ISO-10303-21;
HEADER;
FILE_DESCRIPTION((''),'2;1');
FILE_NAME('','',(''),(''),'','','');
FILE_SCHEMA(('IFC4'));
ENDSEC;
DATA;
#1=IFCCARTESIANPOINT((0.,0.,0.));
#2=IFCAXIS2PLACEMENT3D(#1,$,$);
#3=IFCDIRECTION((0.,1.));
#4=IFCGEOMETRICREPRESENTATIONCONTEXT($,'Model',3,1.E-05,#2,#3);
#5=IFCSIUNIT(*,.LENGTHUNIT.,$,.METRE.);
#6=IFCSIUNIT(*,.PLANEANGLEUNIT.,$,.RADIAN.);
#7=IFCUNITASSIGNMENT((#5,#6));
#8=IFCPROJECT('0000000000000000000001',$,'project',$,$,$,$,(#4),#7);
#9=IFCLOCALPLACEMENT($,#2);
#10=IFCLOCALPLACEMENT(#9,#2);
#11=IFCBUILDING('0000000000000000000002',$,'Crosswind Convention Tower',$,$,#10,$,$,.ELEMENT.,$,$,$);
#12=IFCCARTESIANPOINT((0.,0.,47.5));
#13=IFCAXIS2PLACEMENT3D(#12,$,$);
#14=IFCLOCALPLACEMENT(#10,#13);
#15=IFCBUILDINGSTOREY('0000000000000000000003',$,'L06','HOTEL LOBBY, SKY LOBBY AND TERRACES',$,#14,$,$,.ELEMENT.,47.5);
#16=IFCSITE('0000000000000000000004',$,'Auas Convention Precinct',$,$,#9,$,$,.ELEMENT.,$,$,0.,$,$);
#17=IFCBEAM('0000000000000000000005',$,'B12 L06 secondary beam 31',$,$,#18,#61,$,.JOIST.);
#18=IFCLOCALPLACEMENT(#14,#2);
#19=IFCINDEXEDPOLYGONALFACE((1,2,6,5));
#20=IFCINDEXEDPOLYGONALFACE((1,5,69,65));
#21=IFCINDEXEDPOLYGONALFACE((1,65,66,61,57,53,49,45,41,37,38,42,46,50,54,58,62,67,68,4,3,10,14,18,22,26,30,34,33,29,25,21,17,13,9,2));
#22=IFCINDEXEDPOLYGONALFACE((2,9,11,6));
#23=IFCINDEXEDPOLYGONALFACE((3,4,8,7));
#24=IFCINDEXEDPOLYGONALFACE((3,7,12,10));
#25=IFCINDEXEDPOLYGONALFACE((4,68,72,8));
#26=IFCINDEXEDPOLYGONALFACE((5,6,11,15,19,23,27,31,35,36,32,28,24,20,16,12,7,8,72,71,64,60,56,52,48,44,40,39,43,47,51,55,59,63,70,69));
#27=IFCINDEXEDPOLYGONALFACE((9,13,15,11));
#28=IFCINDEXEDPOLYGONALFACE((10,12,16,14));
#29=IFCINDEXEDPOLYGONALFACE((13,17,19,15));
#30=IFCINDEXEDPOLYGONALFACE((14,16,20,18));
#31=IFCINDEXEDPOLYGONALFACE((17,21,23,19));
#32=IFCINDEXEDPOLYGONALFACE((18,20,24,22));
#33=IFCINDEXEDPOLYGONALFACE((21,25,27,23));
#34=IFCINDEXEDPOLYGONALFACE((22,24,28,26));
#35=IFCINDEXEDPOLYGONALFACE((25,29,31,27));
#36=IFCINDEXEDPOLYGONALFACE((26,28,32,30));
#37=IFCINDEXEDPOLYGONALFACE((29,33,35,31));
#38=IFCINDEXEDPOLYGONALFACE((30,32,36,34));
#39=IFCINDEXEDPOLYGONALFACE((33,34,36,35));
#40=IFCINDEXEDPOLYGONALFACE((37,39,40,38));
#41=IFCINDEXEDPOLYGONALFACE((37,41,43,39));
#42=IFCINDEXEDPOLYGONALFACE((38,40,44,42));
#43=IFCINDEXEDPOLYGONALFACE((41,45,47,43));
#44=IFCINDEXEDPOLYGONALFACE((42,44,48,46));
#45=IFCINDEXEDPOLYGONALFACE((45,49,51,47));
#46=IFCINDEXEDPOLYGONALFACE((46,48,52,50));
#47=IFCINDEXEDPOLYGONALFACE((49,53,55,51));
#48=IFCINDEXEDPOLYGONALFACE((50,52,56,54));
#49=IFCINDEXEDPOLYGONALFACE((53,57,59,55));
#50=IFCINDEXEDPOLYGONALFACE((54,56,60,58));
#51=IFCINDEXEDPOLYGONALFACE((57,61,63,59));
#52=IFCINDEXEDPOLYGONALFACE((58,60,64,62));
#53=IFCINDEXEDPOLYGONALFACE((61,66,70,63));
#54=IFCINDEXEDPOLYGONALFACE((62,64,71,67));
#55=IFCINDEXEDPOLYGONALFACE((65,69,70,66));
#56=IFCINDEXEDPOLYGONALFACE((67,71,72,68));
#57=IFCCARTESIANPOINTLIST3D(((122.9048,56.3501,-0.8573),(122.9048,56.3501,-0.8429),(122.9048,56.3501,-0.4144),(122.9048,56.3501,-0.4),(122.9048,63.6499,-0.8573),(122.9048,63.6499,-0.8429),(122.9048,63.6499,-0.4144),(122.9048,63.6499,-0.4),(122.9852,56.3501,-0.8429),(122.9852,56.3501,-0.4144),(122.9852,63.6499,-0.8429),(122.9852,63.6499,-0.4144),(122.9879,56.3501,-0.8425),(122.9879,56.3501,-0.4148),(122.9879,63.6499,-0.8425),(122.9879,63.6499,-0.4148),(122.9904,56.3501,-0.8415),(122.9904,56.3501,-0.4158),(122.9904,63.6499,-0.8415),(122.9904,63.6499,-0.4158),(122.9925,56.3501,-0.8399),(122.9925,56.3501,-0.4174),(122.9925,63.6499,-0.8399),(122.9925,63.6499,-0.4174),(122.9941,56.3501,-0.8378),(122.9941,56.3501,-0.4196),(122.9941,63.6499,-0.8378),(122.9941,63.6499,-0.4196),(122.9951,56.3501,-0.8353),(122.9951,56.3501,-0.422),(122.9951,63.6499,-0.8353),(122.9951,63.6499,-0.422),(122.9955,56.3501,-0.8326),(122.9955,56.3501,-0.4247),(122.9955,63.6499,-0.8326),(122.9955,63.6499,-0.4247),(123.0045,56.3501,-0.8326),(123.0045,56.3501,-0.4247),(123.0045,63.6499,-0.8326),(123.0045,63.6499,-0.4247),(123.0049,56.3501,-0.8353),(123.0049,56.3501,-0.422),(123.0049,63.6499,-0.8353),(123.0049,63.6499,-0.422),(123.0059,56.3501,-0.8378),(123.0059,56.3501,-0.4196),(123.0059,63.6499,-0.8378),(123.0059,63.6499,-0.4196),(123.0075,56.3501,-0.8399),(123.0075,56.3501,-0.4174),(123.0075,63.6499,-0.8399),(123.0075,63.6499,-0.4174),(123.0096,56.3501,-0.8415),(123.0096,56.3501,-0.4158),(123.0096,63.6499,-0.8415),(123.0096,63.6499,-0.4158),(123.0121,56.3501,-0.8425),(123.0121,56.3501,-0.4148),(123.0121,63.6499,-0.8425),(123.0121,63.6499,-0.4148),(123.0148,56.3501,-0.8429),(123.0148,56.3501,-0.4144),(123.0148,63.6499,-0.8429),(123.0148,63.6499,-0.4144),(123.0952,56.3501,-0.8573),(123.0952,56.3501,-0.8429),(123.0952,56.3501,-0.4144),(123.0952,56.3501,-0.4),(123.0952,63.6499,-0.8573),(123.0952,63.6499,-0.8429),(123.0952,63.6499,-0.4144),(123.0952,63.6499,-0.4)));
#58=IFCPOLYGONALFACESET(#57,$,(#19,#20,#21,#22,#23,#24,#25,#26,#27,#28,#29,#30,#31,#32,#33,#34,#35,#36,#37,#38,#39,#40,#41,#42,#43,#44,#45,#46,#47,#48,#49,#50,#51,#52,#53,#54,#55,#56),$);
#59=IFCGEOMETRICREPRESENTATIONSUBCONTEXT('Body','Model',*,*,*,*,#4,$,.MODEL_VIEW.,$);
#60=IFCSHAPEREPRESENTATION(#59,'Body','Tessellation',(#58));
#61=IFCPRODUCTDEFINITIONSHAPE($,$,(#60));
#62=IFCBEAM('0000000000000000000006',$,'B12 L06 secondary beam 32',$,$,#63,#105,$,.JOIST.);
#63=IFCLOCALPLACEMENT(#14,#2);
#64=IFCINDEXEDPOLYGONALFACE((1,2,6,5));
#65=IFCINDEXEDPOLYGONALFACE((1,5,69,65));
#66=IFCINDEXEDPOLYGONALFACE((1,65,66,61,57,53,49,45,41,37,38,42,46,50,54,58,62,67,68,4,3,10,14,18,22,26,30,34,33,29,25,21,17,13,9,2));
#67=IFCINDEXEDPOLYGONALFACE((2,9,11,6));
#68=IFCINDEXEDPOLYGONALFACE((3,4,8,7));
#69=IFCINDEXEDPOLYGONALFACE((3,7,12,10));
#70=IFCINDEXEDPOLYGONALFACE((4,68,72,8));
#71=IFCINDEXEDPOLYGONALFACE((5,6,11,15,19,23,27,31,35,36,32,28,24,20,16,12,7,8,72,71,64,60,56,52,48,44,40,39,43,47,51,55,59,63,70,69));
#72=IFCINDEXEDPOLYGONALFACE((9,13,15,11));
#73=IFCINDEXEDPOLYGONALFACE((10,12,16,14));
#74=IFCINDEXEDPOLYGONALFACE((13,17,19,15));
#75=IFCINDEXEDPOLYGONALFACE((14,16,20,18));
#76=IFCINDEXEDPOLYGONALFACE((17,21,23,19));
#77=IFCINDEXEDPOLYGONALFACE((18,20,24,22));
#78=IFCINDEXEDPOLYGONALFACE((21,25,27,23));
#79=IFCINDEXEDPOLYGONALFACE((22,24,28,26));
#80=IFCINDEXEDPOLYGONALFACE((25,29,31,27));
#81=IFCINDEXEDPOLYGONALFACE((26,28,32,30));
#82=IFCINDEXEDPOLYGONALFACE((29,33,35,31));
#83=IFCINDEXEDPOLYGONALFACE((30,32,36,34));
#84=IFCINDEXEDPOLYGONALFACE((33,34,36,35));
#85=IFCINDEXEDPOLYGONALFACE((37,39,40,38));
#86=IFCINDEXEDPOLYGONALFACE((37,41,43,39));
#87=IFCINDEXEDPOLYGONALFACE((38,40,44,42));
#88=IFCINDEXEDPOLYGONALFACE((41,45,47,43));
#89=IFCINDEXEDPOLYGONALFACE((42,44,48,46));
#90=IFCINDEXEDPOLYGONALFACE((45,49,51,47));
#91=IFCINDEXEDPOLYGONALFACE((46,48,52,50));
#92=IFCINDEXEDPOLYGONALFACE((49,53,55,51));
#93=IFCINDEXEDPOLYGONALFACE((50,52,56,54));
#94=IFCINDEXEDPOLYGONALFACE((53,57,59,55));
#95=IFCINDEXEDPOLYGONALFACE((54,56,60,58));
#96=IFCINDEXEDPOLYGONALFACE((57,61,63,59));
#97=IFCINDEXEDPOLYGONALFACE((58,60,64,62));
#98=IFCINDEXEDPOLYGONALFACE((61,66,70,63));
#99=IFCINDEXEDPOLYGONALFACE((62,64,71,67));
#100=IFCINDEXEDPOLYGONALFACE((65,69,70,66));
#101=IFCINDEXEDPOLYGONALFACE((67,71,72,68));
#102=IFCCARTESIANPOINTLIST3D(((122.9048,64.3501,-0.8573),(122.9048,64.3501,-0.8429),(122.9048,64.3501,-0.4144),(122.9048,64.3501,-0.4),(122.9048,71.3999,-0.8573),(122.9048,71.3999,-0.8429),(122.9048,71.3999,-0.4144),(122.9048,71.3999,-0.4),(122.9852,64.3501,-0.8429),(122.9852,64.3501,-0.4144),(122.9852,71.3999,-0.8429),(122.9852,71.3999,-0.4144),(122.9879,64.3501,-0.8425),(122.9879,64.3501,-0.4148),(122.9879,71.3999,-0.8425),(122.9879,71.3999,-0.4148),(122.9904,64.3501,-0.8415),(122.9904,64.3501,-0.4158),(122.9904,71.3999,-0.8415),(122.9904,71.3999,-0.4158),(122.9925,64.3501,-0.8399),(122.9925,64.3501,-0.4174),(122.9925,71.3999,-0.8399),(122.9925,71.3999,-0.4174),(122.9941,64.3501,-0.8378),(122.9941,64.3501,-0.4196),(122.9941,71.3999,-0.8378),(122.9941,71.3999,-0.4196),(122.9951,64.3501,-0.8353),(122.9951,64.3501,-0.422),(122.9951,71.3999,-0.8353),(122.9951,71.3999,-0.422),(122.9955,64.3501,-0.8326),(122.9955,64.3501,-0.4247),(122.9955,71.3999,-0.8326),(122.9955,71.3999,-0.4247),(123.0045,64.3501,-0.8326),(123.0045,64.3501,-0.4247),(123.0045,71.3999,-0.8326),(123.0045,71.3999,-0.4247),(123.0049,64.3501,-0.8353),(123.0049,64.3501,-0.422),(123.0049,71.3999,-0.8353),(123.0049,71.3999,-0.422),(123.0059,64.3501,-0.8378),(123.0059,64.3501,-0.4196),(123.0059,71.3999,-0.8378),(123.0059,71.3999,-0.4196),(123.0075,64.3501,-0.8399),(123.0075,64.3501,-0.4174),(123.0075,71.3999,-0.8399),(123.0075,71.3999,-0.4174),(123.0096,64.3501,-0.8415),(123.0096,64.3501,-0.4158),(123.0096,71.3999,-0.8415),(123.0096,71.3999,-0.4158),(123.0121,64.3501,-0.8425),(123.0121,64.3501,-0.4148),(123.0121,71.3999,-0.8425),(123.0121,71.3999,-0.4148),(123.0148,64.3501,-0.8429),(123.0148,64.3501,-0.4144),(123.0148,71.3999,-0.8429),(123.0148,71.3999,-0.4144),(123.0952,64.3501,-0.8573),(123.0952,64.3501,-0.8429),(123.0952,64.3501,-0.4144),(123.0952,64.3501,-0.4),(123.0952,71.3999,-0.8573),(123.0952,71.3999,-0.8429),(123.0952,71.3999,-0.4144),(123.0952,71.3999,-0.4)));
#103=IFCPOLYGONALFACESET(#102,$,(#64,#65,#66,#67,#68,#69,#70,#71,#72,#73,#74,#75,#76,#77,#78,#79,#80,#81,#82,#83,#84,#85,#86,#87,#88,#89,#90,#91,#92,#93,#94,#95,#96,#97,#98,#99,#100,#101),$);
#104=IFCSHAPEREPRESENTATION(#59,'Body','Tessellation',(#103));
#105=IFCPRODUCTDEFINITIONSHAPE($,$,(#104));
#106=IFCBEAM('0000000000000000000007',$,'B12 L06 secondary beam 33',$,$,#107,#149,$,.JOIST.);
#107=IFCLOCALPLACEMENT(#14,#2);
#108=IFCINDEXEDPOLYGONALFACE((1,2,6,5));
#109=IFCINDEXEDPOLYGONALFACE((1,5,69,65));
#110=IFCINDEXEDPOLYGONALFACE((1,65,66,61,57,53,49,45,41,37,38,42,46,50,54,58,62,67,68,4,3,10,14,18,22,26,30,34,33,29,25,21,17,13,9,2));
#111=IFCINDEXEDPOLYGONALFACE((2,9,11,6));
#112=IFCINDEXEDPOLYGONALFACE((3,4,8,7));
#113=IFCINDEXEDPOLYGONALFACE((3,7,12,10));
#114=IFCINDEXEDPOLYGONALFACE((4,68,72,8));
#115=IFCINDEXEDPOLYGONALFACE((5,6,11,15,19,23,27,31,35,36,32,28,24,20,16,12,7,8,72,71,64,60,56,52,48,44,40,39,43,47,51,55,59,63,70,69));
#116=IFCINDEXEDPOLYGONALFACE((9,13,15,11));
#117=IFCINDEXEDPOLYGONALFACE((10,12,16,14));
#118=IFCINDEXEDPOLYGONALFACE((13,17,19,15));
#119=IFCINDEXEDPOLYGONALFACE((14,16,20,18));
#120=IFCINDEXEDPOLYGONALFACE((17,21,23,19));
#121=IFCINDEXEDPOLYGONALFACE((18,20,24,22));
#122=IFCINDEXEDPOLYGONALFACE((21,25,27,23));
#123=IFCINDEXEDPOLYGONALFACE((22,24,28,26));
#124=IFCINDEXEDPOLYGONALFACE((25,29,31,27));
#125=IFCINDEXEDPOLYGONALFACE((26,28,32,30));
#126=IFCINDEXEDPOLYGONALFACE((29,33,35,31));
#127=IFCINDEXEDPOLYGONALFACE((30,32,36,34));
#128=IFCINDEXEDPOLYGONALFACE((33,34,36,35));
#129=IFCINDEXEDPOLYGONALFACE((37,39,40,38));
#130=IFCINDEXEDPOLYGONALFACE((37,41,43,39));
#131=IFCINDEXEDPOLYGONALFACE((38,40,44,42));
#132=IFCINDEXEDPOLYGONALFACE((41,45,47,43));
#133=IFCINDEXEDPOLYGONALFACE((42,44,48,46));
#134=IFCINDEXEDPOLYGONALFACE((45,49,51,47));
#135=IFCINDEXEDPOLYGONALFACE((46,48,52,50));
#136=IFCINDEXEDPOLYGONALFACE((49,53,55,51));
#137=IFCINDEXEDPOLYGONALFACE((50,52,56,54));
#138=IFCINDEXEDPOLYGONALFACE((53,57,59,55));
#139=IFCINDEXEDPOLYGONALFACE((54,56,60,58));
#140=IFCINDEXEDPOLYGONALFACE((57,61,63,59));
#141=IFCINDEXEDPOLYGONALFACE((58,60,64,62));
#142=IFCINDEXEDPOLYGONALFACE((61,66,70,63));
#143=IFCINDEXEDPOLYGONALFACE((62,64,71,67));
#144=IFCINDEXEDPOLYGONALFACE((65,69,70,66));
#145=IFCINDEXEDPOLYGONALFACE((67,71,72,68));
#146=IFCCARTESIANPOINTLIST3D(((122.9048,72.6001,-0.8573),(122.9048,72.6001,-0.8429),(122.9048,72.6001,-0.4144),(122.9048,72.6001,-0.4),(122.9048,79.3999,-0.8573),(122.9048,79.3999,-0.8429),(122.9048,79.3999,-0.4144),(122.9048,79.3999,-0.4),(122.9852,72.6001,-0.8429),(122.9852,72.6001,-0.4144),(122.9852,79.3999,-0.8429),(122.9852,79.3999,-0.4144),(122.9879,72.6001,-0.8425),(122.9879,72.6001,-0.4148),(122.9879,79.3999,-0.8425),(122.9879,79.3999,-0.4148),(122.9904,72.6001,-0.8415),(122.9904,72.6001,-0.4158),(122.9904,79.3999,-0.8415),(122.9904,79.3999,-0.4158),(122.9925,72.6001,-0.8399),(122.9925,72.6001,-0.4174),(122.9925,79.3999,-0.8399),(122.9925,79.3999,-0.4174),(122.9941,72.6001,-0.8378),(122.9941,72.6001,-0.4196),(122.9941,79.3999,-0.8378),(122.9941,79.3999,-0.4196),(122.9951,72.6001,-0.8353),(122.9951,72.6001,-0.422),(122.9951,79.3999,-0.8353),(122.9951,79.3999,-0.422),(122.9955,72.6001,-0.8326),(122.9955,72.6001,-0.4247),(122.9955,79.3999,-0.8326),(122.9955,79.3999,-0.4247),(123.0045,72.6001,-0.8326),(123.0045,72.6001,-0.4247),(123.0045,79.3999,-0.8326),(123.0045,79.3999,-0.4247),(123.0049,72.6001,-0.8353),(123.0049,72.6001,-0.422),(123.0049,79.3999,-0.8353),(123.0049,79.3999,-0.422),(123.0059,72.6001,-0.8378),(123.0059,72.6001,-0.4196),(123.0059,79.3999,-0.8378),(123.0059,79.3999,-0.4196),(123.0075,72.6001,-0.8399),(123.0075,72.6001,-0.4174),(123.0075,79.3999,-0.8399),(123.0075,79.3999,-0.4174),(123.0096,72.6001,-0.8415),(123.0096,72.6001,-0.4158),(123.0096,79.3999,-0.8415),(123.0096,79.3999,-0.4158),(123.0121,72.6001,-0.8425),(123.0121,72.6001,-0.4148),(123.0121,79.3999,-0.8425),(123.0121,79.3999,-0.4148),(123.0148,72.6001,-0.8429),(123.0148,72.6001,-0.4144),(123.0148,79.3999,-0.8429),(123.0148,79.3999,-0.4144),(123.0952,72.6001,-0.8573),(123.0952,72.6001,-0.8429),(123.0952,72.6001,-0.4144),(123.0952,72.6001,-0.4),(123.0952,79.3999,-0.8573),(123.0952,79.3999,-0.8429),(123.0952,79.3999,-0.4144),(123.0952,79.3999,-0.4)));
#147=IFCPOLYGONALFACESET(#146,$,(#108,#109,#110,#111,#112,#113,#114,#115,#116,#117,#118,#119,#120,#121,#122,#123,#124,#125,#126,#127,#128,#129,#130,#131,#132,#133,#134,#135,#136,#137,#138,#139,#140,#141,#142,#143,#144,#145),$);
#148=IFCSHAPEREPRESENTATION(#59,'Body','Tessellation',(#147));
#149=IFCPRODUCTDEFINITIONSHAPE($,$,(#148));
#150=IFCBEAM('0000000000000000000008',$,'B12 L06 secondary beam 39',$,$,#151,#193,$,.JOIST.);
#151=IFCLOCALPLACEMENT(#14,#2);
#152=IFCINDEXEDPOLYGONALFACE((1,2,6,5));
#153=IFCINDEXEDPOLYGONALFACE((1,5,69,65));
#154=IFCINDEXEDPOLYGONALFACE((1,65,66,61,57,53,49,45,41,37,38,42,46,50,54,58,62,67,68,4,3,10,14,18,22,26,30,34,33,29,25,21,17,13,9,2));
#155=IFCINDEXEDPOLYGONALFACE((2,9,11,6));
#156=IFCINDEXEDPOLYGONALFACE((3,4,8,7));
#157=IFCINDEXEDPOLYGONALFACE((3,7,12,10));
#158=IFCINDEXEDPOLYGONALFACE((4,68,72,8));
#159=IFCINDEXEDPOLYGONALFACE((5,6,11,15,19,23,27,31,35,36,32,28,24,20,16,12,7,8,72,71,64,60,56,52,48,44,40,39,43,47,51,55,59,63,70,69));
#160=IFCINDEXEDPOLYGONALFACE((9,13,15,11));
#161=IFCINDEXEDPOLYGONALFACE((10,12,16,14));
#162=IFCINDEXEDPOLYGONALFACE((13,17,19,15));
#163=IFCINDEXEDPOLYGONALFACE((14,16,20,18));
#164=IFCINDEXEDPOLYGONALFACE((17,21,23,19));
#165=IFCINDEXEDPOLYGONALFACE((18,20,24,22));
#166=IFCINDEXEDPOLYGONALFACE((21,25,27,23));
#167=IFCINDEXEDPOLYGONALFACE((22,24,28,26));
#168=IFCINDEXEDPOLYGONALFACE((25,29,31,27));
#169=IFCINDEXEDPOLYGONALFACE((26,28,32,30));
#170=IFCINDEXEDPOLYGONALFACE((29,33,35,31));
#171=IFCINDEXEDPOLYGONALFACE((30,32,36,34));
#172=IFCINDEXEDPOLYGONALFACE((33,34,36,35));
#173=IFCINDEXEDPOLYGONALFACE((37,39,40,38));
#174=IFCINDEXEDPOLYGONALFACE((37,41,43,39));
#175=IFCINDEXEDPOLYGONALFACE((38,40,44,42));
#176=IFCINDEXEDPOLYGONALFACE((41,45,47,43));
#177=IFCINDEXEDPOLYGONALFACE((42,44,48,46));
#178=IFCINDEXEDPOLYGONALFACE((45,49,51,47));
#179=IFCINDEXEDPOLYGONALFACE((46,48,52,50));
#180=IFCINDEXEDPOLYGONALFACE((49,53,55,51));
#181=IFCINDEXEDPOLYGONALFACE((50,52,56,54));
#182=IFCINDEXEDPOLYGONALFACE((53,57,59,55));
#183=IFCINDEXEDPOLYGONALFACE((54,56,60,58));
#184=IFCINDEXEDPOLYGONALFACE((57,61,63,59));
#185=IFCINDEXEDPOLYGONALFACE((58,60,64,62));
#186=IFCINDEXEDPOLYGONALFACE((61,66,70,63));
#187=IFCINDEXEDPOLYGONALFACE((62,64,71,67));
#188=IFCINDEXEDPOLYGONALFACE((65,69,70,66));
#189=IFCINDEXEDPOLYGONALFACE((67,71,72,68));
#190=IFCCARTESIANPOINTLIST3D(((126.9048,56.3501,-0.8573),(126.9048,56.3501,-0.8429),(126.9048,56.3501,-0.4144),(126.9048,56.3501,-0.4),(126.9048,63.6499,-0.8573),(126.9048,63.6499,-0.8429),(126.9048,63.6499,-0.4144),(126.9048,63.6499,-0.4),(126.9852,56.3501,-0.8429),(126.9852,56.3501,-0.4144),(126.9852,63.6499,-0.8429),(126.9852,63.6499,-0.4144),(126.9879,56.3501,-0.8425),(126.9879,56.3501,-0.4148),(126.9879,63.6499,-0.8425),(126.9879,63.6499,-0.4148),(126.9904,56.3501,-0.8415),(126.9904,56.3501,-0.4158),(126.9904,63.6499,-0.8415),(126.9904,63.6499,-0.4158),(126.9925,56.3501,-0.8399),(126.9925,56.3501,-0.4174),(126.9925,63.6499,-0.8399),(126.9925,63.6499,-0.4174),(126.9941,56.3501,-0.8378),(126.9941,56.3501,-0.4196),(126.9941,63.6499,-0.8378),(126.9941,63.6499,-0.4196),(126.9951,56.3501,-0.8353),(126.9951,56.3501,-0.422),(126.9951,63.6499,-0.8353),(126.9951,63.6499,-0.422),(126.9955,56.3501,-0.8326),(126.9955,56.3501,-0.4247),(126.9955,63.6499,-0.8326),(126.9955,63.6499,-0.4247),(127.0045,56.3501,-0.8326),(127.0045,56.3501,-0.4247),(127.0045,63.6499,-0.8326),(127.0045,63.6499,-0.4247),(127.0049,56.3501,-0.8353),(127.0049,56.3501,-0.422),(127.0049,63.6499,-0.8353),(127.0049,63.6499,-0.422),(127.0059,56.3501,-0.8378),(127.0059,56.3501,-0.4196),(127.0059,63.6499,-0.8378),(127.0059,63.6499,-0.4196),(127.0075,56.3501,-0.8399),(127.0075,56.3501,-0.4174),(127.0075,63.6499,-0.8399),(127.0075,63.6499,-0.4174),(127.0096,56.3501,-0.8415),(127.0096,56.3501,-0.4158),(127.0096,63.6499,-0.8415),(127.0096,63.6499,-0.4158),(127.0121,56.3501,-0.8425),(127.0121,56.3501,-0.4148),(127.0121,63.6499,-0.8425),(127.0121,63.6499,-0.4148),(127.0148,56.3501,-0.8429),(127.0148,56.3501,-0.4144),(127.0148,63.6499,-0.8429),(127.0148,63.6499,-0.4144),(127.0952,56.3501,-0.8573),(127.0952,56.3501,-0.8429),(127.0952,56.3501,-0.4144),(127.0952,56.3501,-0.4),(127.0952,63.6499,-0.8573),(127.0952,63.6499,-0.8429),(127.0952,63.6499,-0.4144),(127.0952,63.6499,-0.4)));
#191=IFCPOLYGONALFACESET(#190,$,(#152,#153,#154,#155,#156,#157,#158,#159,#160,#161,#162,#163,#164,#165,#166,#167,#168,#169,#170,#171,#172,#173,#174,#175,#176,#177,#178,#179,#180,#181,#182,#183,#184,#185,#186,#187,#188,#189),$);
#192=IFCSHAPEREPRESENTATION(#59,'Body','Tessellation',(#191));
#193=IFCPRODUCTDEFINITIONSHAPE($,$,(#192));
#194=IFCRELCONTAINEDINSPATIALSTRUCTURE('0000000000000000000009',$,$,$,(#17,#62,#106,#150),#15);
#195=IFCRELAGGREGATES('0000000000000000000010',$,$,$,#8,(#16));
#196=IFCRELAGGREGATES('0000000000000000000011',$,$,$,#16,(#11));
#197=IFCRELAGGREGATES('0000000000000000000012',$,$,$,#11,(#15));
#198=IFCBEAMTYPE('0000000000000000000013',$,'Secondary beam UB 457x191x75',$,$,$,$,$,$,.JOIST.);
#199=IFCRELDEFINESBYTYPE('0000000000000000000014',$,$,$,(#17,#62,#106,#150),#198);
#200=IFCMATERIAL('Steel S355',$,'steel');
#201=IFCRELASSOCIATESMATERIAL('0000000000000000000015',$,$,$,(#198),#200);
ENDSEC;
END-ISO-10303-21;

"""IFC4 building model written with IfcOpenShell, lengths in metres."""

from ifc_helpers import new_model, si_unit, direction, frame, origin, origin_2d, place, context, subcontext, project, spatial, i_section, extrude, material, material_profile, profile_set, type_object, element, save


model = new_model("IFC4")

# Units and contexts
model_context = context("Model", 3, precision=1e-05, world=origin(), true_north=direction((0.0, 1.0)))
body_context = subcontext(model_context, "Body", "Model", "MODEL_VIEW")
ifc_project = project(units=[si_unit("LENGTHUNIT", "METRE"), si_unit("PLANEANGLEUNIT", "RADIAN")], contexts=[model_context])

# Site, building, storey
site_placement = place(None, origin())
site = spatial("IfcSite", under=ifc_project, at=site_placement, Name="Auas Convention Precinct", CompositionType="ELEMENT", RefElevation=0.0)
building_placement = place(site_placement, origin())
building = spatial("IfcBuilding", under=site, at=building_placement, Name="Crosswind Convention Tower", CompositionType="ELEMENT")
storey_placement = place(building_placement, frame((0.0, 0.0, 47.5)))
storey = spatial("IfcBuildingStorey", under=building, at=storey_placement, Name="L06", Description="HOTEL LOBBY, SKY LOBBY AND TERRACES", CompositionType="ELEMENT", Elevation=47.5)

# Beams
ifc_material_1 = material(Name="Steel S355", Category="steel")
ifc_material_profile_1 = material_profile(ifc_material_1, i_section(OverallWidth=0.1904, OverallDepth=0.4573, WebThickness=0.009, FlangeThickness=0.0144, FilletRadius=0.0103, at=origin_2d()), Name="UB 457x191x75")
ifc_profile_set_1 = profile_set([ifc_material_profile_1], Name="Steel S355")
beam_type_1 = type_object("IfcBeamType", Name="Secondary beam UB 457x191x75", PredefinedType="JOIST", material=ifc_profile_set_1)
beam_1_placement = place(storey_placement, frame((123.0, 56.3501, -0.6287), z_axis=(0.0, 1.0, 0.0), x_axis=(-1.0, 0.0, 0.0)))
element("IfcBeam", 1, at=beam_1_placement, inside=storey, type_object=beam_type_1, Name="B12 L06 secondary beam 31", PredefinedType="JOIST", context=body_context, shape_type="SweptSolid", body=[
    extrude(i_section(OverallWidth=0.1904, OverallDepth=0.4573, WebThickness=0.009, FlangeThickness=0.0144, FilletRadius=0.0103, at=origin_2d()), origin(), (0.0, 0.0, 1.0), 7.2998),
])
beam_2_placement = place(storey_placement, frame((123.0, 64.3501, -0.6287), z_axis=(0.0, 1.0, 0.0), x_axis=(-1.0, 0.0, 0.0)))
element("IfcBeam", 2, at=beam_2_placement, inside=storey, type_object=beam_type_1, Name="B12 L06 secondary beam 32", PredefinedType="JOIST", context=body_context, shape_type="SweptSolid", body=[
    extrude(i_section(OverallWidth=0.1904, OverallDepth=0.4573, WebThickness=0.009, FlangeThickness=0.0144, FilletRadius=0.0103, at=origin_2d()), origin(), (0.0, 0.0, 1.0), 7.0498),
])
beam_3_placement = place(storey_placement, frame((123.0, 72.6001, -0.6287), z_axis=(0.0, 1.0, 0.0), x_axis=(-1.0, 0.0, 0.0)))
element("IfcBeam", 3, at=beam_3_placement, inside=storey, type_object=beam_type_1, Name="B12 L06 secondary beam 33", PredefinedType="JOIST", context=body_context, shape_type="SweptSolid", body=[
    extrude(i_section(OverallWidth=0.1904, OverallDepth=0.4573, WebThickness=0.009, FlangeThickness=0.0144, FilletRadius=0.0103, at=origin_2d()), origin(), (0.0, 0.0, 1.0), 6.7998),
])
beam_4_placement = place(storey_placement, frame((127.0, 56.3501, -0.6287), z_axis=(0.0, 1.0, 0.0), x_axis=(-1.0, 0.0, 0.0)))
element("IfcBeam", 4, at=beam_4_placement, inside=storey, type_object=beam_type_1, Name="B12 L06 secondary beam 39", PredefinedType="JOIST", context=body_context, shape_type="SweptSolid", body=[
    extrude(i_section(OverallWidth=0.1904, OverallDepth=0.4573, WebThickness=0.009, FlangeThickness=0.0144, FilletRadius=0.0103, at=origin_2d()), origin(), (0.0, 0.0, 1.0), 7.2998),
])

save(model, "model.ifc")
